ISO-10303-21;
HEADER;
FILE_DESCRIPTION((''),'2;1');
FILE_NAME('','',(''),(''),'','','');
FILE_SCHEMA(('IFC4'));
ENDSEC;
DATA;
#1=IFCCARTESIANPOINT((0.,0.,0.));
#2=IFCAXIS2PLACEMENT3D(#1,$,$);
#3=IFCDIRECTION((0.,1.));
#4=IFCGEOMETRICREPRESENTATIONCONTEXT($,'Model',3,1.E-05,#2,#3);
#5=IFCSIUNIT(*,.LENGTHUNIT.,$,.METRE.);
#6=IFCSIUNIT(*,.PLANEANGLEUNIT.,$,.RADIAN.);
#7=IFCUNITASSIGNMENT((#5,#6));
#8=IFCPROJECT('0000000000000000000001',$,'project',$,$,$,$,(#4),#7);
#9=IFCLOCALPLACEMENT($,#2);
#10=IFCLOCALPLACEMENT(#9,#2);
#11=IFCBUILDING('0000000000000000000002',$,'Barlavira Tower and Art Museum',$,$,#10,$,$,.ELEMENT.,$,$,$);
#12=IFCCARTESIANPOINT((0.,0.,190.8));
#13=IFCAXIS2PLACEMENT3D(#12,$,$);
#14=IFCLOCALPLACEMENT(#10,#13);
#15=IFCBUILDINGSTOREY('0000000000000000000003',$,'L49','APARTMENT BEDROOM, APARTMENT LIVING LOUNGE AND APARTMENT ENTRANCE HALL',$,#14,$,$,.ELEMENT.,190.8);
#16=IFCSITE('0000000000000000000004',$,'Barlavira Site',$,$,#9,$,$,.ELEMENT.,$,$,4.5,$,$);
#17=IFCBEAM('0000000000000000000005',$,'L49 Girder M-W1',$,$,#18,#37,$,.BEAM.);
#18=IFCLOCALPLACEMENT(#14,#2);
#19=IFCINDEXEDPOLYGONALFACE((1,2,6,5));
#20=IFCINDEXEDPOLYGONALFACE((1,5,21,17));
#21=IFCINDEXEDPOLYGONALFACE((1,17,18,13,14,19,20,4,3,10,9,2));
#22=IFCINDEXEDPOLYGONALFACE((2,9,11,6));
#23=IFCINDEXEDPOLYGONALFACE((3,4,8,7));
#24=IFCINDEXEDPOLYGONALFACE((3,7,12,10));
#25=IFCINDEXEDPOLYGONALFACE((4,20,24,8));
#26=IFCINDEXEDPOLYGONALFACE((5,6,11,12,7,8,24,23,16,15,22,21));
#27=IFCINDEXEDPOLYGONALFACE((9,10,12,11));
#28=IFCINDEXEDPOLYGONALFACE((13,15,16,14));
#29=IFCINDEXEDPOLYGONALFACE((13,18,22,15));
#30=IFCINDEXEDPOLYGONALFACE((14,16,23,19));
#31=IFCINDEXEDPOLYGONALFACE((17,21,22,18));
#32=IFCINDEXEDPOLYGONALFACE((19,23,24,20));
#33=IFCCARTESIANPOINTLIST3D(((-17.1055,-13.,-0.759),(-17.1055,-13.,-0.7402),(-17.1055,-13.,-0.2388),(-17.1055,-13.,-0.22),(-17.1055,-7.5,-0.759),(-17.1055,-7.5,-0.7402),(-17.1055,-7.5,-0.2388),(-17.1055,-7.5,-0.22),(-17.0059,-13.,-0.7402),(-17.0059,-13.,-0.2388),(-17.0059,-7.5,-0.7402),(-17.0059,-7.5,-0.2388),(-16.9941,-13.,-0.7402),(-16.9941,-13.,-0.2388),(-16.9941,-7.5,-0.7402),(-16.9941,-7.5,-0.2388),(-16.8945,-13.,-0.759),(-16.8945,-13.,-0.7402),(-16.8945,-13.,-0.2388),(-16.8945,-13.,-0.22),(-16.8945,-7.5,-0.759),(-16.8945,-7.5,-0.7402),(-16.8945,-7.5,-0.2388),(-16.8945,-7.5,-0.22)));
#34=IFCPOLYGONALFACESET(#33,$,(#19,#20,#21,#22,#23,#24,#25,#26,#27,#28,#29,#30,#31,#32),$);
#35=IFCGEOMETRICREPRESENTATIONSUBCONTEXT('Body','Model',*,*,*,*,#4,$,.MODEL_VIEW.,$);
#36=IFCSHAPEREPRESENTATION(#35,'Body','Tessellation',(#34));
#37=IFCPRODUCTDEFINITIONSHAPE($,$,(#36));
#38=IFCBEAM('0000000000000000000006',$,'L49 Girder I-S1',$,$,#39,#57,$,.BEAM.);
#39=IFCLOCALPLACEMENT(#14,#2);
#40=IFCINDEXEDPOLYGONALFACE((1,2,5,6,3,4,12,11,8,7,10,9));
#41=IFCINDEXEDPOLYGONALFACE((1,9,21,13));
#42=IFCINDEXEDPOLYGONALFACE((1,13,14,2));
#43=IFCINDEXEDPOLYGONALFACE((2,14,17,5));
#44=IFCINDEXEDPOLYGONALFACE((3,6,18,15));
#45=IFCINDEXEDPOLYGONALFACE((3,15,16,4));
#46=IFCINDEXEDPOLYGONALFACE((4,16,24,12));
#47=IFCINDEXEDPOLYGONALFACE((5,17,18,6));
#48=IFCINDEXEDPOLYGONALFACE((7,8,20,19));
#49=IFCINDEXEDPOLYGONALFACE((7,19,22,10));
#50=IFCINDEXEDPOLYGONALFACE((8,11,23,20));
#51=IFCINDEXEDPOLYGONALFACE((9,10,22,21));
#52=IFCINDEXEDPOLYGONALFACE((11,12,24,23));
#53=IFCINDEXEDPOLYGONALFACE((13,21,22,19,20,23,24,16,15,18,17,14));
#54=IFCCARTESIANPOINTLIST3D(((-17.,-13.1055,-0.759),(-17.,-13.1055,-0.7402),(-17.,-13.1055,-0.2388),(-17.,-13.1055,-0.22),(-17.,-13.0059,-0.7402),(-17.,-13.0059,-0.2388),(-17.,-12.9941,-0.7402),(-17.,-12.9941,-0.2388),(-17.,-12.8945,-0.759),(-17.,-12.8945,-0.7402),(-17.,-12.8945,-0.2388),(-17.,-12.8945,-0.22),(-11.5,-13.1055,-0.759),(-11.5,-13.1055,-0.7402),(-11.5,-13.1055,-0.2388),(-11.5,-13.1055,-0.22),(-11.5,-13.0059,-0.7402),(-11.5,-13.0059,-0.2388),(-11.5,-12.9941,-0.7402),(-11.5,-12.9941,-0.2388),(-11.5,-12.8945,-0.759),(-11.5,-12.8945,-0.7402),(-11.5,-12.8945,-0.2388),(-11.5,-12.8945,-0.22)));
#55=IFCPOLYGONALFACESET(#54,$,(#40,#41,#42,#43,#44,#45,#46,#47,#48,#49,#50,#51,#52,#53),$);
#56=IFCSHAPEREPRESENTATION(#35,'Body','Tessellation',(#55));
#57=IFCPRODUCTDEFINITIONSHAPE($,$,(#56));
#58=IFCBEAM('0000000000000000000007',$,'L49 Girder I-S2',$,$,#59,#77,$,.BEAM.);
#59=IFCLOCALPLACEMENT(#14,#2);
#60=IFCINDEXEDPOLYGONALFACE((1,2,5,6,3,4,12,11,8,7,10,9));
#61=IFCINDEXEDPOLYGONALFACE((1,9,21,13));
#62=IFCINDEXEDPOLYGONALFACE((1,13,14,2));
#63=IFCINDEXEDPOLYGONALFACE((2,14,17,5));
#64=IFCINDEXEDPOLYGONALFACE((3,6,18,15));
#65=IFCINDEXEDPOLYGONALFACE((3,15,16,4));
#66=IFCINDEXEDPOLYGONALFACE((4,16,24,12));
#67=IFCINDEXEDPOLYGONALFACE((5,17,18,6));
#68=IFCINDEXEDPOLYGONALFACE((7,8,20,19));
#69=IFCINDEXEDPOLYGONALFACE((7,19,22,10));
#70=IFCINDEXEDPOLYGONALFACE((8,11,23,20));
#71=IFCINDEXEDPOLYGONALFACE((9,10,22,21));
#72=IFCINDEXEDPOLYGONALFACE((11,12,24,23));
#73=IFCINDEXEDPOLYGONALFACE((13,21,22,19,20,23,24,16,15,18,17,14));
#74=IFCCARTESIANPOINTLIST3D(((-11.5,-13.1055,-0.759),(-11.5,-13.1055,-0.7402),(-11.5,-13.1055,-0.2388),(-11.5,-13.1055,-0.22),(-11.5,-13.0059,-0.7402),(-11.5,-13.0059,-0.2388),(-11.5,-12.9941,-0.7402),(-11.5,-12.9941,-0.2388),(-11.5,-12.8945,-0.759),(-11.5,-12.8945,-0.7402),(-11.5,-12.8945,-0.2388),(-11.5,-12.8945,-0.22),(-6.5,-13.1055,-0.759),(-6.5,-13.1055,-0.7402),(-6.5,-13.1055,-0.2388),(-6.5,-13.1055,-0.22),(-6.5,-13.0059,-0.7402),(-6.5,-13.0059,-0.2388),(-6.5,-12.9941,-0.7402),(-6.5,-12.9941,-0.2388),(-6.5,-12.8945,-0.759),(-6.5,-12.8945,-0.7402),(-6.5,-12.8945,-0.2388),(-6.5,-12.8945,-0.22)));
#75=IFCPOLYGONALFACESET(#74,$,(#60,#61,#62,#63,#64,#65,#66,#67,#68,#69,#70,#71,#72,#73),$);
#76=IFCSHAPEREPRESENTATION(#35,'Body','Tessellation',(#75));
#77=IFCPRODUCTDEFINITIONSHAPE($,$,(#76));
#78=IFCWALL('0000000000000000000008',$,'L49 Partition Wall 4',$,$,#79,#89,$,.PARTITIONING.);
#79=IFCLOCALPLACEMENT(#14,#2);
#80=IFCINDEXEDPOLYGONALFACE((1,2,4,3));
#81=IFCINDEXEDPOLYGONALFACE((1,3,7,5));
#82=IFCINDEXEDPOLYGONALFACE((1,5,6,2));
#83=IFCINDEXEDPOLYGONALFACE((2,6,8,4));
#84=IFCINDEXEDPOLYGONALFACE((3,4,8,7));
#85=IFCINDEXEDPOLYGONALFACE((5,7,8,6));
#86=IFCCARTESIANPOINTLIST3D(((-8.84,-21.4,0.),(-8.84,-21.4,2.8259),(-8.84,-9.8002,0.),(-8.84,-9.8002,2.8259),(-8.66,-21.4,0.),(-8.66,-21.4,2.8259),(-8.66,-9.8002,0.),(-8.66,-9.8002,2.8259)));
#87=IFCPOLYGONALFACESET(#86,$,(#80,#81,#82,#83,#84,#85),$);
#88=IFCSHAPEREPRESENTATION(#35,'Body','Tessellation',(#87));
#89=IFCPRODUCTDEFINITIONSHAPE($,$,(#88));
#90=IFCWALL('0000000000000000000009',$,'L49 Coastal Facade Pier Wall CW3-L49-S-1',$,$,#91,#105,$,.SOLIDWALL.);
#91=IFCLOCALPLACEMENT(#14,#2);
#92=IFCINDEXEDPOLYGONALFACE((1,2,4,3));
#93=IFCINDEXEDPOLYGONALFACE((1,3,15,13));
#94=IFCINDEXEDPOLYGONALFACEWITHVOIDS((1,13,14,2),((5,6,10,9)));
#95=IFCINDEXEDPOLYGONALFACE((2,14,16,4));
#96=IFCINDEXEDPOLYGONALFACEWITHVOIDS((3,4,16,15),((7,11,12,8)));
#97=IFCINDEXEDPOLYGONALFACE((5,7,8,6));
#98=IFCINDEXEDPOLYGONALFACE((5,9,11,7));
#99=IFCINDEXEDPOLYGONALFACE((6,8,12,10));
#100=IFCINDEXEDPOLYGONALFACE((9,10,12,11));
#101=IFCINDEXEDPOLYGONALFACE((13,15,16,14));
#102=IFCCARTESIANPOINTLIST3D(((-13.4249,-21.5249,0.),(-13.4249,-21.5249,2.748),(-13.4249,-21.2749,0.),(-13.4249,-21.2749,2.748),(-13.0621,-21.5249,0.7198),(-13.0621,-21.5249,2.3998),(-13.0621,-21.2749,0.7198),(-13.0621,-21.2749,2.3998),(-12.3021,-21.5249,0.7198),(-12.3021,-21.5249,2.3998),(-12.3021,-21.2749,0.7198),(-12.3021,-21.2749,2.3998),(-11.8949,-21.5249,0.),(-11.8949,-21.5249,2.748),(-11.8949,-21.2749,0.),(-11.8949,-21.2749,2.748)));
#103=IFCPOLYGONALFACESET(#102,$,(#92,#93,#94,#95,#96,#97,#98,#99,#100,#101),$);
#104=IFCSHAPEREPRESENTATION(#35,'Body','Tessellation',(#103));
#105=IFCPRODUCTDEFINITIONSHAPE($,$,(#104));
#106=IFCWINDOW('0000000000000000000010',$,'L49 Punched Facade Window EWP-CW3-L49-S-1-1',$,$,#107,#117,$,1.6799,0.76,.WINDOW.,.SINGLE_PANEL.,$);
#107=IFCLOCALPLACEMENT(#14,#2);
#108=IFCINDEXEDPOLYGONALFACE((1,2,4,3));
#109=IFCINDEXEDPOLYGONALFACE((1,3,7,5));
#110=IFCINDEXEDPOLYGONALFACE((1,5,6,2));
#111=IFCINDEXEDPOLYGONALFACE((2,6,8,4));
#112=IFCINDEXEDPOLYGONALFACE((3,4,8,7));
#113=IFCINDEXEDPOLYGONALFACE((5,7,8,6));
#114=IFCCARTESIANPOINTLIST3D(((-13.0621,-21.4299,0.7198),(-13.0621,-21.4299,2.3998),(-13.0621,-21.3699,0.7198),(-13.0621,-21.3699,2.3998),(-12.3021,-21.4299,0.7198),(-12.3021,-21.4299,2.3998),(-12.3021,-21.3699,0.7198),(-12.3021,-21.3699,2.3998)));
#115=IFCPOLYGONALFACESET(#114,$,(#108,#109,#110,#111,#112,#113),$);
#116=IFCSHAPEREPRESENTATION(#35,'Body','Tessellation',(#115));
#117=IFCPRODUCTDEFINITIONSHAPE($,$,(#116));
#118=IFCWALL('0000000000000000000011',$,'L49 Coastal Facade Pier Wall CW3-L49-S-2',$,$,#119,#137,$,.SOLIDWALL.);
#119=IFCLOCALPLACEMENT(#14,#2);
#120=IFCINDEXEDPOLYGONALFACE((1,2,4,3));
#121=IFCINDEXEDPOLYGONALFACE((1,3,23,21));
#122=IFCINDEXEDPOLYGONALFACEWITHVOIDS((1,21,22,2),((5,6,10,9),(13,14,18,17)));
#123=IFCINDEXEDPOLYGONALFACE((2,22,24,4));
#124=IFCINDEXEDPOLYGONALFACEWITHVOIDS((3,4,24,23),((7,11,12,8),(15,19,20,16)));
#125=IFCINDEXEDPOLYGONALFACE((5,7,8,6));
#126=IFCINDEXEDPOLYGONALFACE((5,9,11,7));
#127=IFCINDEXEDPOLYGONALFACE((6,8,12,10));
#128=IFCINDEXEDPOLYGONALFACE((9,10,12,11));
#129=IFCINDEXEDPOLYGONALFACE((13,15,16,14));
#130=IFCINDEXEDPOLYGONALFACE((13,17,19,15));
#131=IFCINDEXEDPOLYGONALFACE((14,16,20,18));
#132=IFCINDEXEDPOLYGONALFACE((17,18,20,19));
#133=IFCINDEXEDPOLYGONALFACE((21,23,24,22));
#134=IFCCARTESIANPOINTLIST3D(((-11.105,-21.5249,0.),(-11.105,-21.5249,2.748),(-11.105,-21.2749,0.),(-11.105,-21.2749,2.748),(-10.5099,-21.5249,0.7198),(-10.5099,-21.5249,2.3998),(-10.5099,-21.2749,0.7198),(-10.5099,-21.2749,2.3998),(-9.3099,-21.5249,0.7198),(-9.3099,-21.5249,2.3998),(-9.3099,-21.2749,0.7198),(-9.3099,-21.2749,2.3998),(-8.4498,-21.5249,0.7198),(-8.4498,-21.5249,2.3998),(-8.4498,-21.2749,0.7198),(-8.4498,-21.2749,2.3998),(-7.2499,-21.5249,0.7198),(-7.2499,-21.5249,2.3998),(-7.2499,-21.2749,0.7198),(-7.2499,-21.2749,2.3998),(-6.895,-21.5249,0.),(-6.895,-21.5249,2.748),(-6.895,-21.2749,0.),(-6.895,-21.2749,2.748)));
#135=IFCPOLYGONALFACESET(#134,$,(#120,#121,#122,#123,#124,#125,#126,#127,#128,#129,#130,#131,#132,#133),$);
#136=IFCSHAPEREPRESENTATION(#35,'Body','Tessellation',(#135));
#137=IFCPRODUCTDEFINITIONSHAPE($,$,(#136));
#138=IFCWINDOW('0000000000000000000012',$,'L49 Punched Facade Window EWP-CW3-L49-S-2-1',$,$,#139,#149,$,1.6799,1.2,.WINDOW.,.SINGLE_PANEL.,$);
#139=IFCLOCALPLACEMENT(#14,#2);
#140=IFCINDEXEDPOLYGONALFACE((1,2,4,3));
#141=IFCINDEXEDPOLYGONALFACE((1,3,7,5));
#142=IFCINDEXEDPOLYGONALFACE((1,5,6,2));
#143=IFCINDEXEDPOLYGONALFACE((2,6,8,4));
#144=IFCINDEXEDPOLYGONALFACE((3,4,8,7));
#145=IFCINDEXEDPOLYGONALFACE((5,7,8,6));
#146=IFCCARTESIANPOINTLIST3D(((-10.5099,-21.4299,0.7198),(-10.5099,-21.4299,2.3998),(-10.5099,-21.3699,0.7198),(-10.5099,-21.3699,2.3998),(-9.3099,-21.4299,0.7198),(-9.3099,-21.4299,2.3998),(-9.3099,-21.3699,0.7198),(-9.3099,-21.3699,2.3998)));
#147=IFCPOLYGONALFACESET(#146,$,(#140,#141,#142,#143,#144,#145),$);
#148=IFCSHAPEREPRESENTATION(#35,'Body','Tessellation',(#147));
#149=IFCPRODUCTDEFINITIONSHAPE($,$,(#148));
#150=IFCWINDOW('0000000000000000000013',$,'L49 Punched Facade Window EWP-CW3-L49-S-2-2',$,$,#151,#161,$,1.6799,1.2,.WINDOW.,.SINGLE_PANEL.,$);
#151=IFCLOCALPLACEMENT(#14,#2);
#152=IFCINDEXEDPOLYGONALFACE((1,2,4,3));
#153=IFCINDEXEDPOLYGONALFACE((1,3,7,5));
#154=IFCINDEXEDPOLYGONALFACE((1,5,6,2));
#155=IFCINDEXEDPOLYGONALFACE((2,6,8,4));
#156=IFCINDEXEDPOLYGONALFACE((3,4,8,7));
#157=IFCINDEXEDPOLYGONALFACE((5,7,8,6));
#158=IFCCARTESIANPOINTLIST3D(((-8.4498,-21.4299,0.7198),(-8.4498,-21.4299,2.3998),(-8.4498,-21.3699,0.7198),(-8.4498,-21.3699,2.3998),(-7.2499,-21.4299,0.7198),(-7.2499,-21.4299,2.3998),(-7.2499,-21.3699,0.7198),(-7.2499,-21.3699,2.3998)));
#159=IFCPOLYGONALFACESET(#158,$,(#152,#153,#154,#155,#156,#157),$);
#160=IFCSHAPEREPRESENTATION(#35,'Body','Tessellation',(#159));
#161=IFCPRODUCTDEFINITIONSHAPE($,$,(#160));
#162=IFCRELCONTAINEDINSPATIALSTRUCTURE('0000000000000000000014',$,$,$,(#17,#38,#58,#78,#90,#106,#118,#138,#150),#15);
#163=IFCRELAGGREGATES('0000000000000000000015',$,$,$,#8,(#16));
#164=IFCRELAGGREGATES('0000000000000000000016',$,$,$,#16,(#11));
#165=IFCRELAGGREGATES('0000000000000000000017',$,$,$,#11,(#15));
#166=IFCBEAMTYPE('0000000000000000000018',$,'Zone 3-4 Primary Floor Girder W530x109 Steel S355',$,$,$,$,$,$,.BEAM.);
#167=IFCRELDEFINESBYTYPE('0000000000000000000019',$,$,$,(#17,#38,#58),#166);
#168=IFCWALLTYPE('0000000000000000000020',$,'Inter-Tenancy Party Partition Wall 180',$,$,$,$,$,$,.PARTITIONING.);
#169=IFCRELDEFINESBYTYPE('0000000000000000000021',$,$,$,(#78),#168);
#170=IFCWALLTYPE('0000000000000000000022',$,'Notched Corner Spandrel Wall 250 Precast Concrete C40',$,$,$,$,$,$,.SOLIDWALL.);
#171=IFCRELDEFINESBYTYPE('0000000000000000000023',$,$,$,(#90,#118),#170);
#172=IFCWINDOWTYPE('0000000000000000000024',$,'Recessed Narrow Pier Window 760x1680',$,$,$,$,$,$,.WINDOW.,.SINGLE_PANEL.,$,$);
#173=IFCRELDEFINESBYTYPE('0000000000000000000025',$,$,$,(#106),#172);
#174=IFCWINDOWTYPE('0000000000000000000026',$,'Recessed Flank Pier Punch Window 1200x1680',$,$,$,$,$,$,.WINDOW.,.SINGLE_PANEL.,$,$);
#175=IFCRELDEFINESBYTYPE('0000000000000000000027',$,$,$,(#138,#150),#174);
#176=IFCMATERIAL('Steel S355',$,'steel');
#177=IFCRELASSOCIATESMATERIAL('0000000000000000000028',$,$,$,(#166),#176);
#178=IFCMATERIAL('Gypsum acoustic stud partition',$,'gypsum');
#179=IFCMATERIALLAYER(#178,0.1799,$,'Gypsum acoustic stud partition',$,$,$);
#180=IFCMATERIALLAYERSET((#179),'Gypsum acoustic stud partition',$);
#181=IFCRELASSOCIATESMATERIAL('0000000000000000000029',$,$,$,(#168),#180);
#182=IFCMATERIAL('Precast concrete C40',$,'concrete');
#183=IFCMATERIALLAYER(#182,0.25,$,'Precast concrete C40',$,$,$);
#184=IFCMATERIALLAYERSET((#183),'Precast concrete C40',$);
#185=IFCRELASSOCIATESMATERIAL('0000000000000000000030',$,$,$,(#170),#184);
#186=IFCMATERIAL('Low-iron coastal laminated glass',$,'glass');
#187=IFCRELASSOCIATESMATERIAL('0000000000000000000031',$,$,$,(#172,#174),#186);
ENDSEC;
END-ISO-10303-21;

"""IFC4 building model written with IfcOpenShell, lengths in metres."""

from ifc_helpers import new_model, si_unit, direction, frame, frame_2d, origin, origin_2d, place, context, subcontext, project, spatial, rectangle, i_section, extrude, material, layer, layer_set, material_profile, profile_set, type_object, element, fill, save


model = new_model("IFC4")

# Units and contexts
model_context = context("Model", 3, precision=1e-05, world=origin(), true_north=direction((0.0, 1.0)))
body_context = subcontext(model_context, "Body", "Model", "MODEL_VIEW")
ifc_project = project(units=[si_unit("LENGTHUNIT", "METRE"), si_unit("PLANEANGLEUNIT", "RADIAN")], contexts=[model_context])

# Site, building, storey
site_placement = place(None, origin())
site = spatial("IfcSite", under=ifc_project, at=site_placement, Name="Barlavira Site", CompositionType="ELEMENT", RefElevation=4.5)
building_placement = place(site_placement, origin())
building = spatial("IfcBuilding", under=site, at=building_placement, Name="Barlavira Tower and Art Museum", CompositionType="ELEMENT")
storey_placement = place(building_placement, frame((0.0, 0.0, 190.8)))
storey = spatial("IfcBuildingStorey", under=building, at=storey_placement, Name="L49", Description="APARTMENT BEDROOM, APARTMENT LIVING LOUNGE AND APARTMENT ENTRANCE HALL", CompositionType="ELEMENT", Elevation=190.8)

# Beams
ifc_material_1 = material(Name="Steel S355", Category="steel")
ifc_material_profile_1 = material_profile(ifc_material_1, i_section(OverallWidth=0.2109, OverallDepth=0.5391, WebThickness=0.0117, FlangeThickness=0.0188, at=origin_2d()), Name="W530x109.0")
ifc_profile_set_1 = profile_set([ifc_material_profile_1], Name="Steel S355")
beam_type_1 = type_object("IfcBeamType", Name="Zone 3-4 Primary Floor Girder W530x109 Steel S355", PredefinedType="BEAM", material=ifc_profile_set_1)
for number, where, z_axis, x_axis, name in (
    (1, (-17.0, -13.0, -0.4895), (0.0, 1.0, 0.0), (-1.0, 0.0, 0.0), "L49 Girder M-W1"),
    (2, (-17.0, -13.0, -0.4895), (1.0, 0.0, 0.0), (0.0, 1.0, 0.0), "L49 Girder I-S1"),
):
    element("IfcBeam", number, at=place(storey_placement, frame(where, z_axis=z_axis, x_axis=x_axis)), inside=storey, type_object=beam_type_1, Name=name, PredefinedType="BEAM", context=body_context, shape_type="SweptSolid", body=[
        extrude(i_section(OverallWidth=0.2109, OverallDepth=0.5391, WebThickness=0.0117, FlangeThickness=0.0188, at=origin_2d()), origin(), (0.0, 0.0, 1.0), 5.5),
    ])
beam_1_placement = place(storey_placement, frame((-11.5, -13.0, -0.4895), z_axis=(1.0, 0.0, 0.0), x_axis=(0.0, 1.0, 0.0)))
element("IfcBeam", 3, at=beam_1_placement, inside=storey, type_object=beam_type_1, Name="L49 Girder I-S2", PredefinedType="BEAM", context=body_context, shape_type="SweptSolid", body=[
    extrude(i_section(OverallWidth=0.2109, OverallDepth=0.5391, WebThickness=0.0117, FlangeThickness=0.0188, at=origin_2d()), origin(), (0.0, 0.0, 1.0), 5.0),
])

# Wall
ifc_material_2 = material(Name="Gypsum acoustic stud partition", Category="gypsum")
ifc_layer_1 = layer(ifc_material_2, 0.1799, Name="Gypsum acoustic stud partition")
ifc_layer_set_1 = layer_set([ifc_layer_1], Name="Gypsum acoustic stud partition")
wall_type_1 = type_object("IfcWallType", Name="Inter-Tenancy Party Partition Wall 180", PredefinedType="PARTITIONING", material=ifc_layer_set_1)
wall_1_placement = place(storey_placement, frame((-8.75, -21.3999, 0.0), z_axis=(0.0, 0.0, 1.0), x_axis=(0.0, 1.0, 0.0)))
element("IfcWall", 4, at=wall_1_placement, inside=storey, type_object=wall_type_1, Name="L49 Partition Wall 4", PredefinedType="PARTITIONING", context=body_context, shape_type="SweptSolid", body=[
    extrude(rectangle(XDim=11.5999, YDim=0.1799, at=frame_2d((5.7998, 0.0))), origin(), (0.0, 0.0, 1.0), 2.8259),
])

# Wall, opening, window
ifc_material_3 = material(Name="Precast concrete C40", Category="concrete")
ifc_layer_2 = layer(ifc_material_3, 0.25, Name="Precast concrete C40")
ifc_layer_set_2 = layer_set([ifc_layer_2], Name="Precast concrete C40")
wall_type_2 = type_object("IfcWallType", Name="Notched Corner Spandrel Wall 250 Precast Concrete C40", PredefinedType="SOLIDWALL", material=ifc_layer_set_2)
wall_2_placement = place(storey_placement, frame((-13.425, -21.3999, 0.0), z_axis=(0.0, 0.0, 1.0), x_axis=(1.0, 0.0, 0.0)))
wall_2 = element("IfcWall", 5, at=wall_2_placement, inside=storey, type_object=wall_type_2, Name="L49 Coastal Facade Pier Wall CW3-L49-S-1", PredefinedType="SOLIDWALL", context=body_context, shape_type="SweptSolid", body=[
    extrude(rectangle(XDim=1.53, YDim=0.25, at=frame_2d((0.7651, 0.0))), origin(), (0.0, 0.0, 1.0), 2.748),
])
opening_1_placement = place(wall_2_placement, frame((0.363, 0.0, 0.72)))
opening_1 = element("IfcOpeningElement", 6, at=opening_1_placement, cuts=wall_2, PredefinedType="OPENING", context=body_context, shape_type="SweptSolid", body=[
    extrude(rectangle(XDim=0.76, YDim=1.6799, at=frame_2d((0.3799, 0.8398))), frame((0.0, 0.135, 0.0), z_axis=(0.0, -1.0, 0.0), x_axis=(1.0, 0.0, 0.0)), (0.0, 0.0, 1.0), 0.27),
])
ifc_material_4 = material(Name="Low-iron coastal laminated glass", Category="glass")
window_type_1 = type_object("IfcWindowType", Name="Recessed Narrow Pier Window 760x1680", PartitioningType="SINGLE_PANEL", PredefinedType="WINDOW", material=ifc_material_4)
window_1_placement = place(opening_1_placement, origin())
window_1 = element("IfcWindow", 7, at=window_1_placement, inside=storey, type_object=window_type_1, Name="L49 Punched Facade Window EWP-CW3-L49-S-1-1", OverallHeight=1.6799, OverallWidth=0.76, PartitioningType="SINGLE_PANEL", PredefinedType="WINDOW", context=body_context, shape_type="SweptSolid", body=[
    extrude(rectangle(XDim=0.76, YDim=1.6799, at=frame_2d((0.3799, 0.8398))), frame((0.0, 0.03, 0.0), z_axis=(0.0, -1.0, 0.0), x_axis=(1.0, 0.0, 0.0)), (0.0, 0.0, 1.0), 0.0601),
])
fill(opening_1, window_1)

# Wall, openings, windows
wall_3_placement = place(storey_placement, frame((-11.105, -21.3999, 0.0), z_axis=(0.0, 0.0, 1.0), x_axis=(1.0, 0.0, 0.0)))
wall_3 = element("IfcWall", 8, at=wall_3_placement, inside=storey, type_object=wall_type_2, Name="L49 Coastal Facade Pier Wall CW3-L49-S-2", PredefinedType="SOLIDWALL", context=body_context, shape_type="SweptSolid", body=[
    extrude(rectangle(XDim=4.21, YDim=0.25, at=frame_2d((2.105, 0.0))), origin(), (0.0, 0.0, 1.0), 2.748),
])
opening_2_placement = place(wall_3_placement, frame((0.595, 0.0, 0.72)))
opening_2 = element("IfcOpeningElement", 9, at=opening_2_placement, cuts=wall_3, PredefinedType="OPENING", context=body_context, shape_type="SweptSolid", body=[
    extrude(rectangle(XDim=1.2, YDim=1.6799, at=frame_2d((0.6001, 0.8398))), frame((0.0, 0.135, 0.0), z_axis=(0.0, -1.0, 0.0), x_axis=(1.0, 0.0, 0.0)), (0.0, 0.0, 1.0), 0.27),
])
opening_3_placement = place(wall_3_placement, frame((2.655, 0.0, 0.72)))
opening_3 = element("IfcOpeningElement", 10, at=opening_3_placement, cuts=wall_3, PredefinedType="OPENING", context=body_context, shape_type="SweptSolid", body=[
    extrude(rectangle(XDim=1.2, YDim=1.6799, at=frame_2d((0.6001, 0.8398))), frame((0.0, 0.135, 0.0), z_axis=(0.0, -1.0, 0.0), x_axis=(1.0, 0.0, 0.0)), (0.0, 0.0, 1.0), 0.27),
])
window_type_2 = type_object("IfcWindowType", Name="Recessed Flank Pier Punch Window 1200x1680", PartitioningType="SINGLE_PANEL", PredefinedType="WINDOW", material=ifc_material_4)
window_2_placement = place(opening_2_placement, origin())
window_2 = element("IfcWindow", 11, at=window_2_placement, inside=storey, type_object=window_type_2, Name="L49 Punched Facade Window EWP-CW3-L49-S-2-1", OverallHeight=1.6799, OverallWidth=1.2, PartitioningType="SINGLE_PANEL", PredefinedType="WINDOW", context=body_context, shape_type="SweptSolid", body=[
    extrude(rectangle(XDim=1.2, YDim=1.6799, at=frame_2d((0.6001, 0.8398))), frame((0.0, 0.03, 0.0), z_axis=(0.0, -1.0, 0.0), x_axis=(1.0, 0.0, 0.0)), (0.0, 0.0, 1.0), 0.0601),
])
fill(opening_2, window_2)
window_3_placement = place(opening_3_placement, origin())
window_3 = element("IfcWindow", 12, at=window_3_placement, inside=storey, type_object=window_type_2, Name="L49 Punched Facade Window EWP-CW3-L49-S-2-2", OverallHeight=1.6799, OverallWidth=1.2, PartitioningType="SINGLE_PANEL", PredefinedType="WINDOW", context=body_context, shape_type="SweptSolid", body=[
    extrude(rectangle(XDim=1.2, YDim=1.6799, at=frame_2d((0.6001, 0.8398))), frame((0.0, 0.03, 0.0), z_axis=(0.0, -1.0, 0.0), x_axis=(1.0, 0.0, 0.0)), (0.0, 0.0, 1.0), 0.0601),
])
fill(opening_3, window_3)

save(model, "model.ifc")
